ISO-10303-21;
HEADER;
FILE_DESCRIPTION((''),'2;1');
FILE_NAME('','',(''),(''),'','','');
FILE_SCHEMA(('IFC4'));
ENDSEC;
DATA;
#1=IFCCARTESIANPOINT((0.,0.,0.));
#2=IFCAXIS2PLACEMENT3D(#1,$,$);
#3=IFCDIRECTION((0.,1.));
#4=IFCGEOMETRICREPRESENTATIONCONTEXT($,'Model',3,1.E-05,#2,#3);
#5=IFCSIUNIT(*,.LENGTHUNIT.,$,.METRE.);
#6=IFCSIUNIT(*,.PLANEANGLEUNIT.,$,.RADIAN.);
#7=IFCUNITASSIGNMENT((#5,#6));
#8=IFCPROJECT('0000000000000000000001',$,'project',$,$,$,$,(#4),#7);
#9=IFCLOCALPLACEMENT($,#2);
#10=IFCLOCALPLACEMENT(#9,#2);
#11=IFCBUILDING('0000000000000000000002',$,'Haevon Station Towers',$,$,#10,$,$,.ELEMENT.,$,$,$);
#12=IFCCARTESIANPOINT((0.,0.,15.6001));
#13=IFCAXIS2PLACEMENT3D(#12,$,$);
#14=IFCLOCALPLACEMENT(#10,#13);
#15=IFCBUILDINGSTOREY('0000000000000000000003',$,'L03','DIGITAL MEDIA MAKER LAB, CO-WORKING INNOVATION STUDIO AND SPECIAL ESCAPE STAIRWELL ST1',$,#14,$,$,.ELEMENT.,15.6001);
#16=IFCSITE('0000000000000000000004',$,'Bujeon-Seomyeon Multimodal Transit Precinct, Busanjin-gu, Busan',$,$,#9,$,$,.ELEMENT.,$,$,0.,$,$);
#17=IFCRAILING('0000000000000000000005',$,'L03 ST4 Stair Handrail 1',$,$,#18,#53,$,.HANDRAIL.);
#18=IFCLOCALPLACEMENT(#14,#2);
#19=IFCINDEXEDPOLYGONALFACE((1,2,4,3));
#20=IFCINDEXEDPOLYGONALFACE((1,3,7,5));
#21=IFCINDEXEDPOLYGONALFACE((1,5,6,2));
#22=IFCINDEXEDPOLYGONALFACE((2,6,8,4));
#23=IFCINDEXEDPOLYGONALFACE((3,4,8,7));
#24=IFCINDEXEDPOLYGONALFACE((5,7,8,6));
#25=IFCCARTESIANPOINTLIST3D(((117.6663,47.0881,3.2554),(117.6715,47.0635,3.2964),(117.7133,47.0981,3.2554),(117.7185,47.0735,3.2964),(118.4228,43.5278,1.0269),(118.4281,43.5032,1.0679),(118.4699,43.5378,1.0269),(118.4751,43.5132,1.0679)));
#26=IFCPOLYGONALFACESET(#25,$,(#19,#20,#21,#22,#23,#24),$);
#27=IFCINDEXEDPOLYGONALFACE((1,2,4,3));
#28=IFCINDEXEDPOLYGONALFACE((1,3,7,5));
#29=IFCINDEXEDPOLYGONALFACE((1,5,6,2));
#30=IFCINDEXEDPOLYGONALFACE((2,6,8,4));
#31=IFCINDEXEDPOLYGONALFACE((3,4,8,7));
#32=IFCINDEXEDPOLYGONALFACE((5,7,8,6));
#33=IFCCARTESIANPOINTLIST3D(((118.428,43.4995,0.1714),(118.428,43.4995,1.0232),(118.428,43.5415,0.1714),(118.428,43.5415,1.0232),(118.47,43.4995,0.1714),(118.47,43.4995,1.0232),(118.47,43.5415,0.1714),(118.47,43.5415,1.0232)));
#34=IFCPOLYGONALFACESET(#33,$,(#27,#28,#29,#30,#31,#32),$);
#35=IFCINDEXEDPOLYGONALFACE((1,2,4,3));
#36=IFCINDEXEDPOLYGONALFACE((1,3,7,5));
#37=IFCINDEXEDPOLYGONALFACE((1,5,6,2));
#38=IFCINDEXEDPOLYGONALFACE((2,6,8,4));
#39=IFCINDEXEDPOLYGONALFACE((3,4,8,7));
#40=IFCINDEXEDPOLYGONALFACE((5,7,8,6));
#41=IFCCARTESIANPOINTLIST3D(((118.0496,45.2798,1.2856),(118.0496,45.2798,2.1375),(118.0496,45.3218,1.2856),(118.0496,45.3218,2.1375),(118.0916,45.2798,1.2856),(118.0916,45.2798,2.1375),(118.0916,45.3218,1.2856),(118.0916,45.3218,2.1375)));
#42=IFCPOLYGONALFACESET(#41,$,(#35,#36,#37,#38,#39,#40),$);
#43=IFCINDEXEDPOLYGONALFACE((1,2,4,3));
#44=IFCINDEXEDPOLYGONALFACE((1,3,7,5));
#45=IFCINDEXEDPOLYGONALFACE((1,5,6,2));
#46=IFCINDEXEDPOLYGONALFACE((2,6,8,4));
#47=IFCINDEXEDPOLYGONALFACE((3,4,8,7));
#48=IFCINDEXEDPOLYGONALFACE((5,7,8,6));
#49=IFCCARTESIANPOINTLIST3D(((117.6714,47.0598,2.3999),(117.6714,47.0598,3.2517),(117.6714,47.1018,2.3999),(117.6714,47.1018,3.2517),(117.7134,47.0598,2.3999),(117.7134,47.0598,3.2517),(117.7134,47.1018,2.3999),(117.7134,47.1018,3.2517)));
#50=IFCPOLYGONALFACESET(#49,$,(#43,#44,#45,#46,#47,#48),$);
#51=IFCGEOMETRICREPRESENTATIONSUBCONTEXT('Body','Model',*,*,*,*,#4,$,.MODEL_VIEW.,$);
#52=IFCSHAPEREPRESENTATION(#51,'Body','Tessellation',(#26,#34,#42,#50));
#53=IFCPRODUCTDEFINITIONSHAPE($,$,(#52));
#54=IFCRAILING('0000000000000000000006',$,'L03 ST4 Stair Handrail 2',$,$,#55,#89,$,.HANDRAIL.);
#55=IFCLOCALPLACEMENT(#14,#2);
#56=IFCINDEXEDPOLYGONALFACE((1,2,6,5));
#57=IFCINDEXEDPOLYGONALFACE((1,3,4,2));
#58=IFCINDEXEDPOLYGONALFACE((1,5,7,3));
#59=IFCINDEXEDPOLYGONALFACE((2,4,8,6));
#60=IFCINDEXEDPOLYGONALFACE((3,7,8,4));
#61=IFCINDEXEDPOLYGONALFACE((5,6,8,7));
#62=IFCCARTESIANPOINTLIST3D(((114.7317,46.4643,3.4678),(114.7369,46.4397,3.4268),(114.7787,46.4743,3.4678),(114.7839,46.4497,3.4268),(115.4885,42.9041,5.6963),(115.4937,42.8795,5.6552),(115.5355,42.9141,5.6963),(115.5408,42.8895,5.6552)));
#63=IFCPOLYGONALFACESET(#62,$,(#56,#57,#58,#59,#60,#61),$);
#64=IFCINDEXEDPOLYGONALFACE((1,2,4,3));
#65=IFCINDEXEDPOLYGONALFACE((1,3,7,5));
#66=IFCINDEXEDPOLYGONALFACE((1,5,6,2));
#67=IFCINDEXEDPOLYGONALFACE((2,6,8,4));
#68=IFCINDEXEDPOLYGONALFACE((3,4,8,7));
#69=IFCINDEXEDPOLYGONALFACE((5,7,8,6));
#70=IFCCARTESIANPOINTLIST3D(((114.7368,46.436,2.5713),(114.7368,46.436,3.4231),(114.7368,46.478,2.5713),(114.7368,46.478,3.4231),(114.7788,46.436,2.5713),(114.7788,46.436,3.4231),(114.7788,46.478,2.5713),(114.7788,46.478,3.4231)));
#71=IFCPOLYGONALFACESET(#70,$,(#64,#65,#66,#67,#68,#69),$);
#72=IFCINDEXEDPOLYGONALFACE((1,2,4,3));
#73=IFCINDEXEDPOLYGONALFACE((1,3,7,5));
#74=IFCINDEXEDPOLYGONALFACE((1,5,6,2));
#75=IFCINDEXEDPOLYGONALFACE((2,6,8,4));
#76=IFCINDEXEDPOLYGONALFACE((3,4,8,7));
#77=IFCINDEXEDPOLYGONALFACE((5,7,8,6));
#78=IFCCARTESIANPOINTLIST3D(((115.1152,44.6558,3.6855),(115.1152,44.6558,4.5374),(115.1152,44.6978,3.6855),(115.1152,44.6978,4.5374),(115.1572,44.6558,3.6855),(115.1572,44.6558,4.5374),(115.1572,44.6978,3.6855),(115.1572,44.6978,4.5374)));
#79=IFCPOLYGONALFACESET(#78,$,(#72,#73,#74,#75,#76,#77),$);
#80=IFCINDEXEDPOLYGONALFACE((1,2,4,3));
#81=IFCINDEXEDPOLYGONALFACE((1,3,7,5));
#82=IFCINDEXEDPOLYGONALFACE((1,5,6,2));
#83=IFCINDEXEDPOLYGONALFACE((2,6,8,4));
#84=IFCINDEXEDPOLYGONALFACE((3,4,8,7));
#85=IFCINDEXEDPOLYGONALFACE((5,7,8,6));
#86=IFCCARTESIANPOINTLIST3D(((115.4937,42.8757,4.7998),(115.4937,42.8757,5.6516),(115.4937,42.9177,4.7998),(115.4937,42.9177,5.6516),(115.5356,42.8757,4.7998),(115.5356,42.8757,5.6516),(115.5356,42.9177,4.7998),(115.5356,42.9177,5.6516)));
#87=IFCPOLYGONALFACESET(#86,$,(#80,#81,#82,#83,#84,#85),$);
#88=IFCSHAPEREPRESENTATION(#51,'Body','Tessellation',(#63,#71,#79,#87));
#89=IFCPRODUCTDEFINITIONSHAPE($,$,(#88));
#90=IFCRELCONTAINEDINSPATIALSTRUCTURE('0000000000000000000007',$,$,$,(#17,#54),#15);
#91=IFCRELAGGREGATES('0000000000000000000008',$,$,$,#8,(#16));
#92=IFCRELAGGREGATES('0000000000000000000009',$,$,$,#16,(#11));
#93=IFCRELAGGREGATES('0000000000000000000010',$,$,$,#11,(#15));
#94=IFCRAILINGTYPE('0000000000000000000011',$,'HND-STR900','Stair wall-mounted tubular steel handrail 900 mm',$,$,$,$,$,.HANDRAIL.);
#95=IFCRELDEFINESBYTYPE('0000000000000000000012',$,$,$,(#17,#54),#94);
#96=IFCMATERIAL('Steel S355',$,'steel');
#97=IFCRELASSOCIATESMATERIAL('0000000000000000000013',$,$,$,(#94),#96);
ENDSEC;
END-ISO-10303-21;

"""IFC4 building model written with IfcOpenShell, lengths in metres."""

from ifc_helpers import new_model, si_unit, direction, frame, origin, origin_2d, place, context, subcontext, project, spatial, rectangle, extrude, material, type_object, element, save


model = new_model("IFC4")

# Units and contexts
model_context = context("Model", 3, precision=1e-05, world=origin(), true_north=direction((0.0, 1.0)))
body_context = subcontext(model_context, "Body", "Model", "MODEL_VIEW")
ifc_project = project(units=[si_unit("LENGTHUNIT", "METRE"), si_unit("PLANEANGLEUNIT", "RADIAN")], contexts=[model_context])

# Site, building, storey
site_placement = place(None, origin())
site = spatial("IfcSite", under=ifc_project, at=site_placement, Name="Bujeon-Seomyeon Multimodal Transit Precinct, Busanjin-gu, Busan", CompositionType="ELEMENT", RefElevation=0.0)
building_placement = place(site_placement, origin())
building = spatial("IfcBuilding", under=site, at=building_placement, Name="Haevon Station Towers", CompositionType="ELEMENT")
storey_placement = place(building_placement, frame((0.0, 0.0, 15.6001)))
storey = spatial("IfcBuildingStorey", under=building, at=storey_placement, Name="L03", Description="DIGITAL MEDIA MAKER LAB, CO-WORKING INNOVATION STUDIO AND SPECIAL ESCAPE STAIRWELL ST1", CompositionType="ELEMENT", Elevation=15.6001)

# Shared definitions
ifc_material_1 = material(Name="Steel S355", Category="steel")

# Railings
railing_type_1 = type_object("IfcRailingType", Name="HND-STR900", Description="Stair wall-mounted tubular steel handrail 900 mm", PredefinedType="HANDRAIL", material=ifc_material_1)
railing_1_placement = place(storey_placement, frame((118.449, 43.5205, 0.1714)))
element("IfcRailing", 1, at=railing_1_placement, inside=storey, type_object=railing_type_1, Name="L03 ST4 Stair Handrail 1", PredefinedType="HANDRAIL", context=body_context, shape_type="SweptSolid", body=[
    extrude(rectangle(XDim=0.0481, YDim=0.0481, at=origin_2d()), frame((0.0, 0.0, 0.876), z_axis=(-0.177277, 0.834216, 0.522165), x_axis=(-0.978157, -0.207866, 0.0)), (0.0, 0.0, 1.0), 4.2678),
    extrude(rectangle(XDim=0.042, YDim=0.042, at=origin_2d()), origin(), (0.0, 0.0, 1.0), 0.8518),
    extrude(rectangle(XDim=0.042, YDim=0.042, at=origin_2d()), frame((-0.3784, 1.7803, 1.1143)), (0.0, 0.0, 1.0), 0.8518),
    extrude(rectangle(XDim=0.042, YDim=0.042, at=origin_2d()), frame((-0.7566, 3.5603, 2.2285)), (0.0, 0.0, 1.0), 0.8518),
])
railing_2_placement = place(storey_placement, frame((114.7578, 46.457, 2.5713)))
element("IfcRailing", 2, at=railing_2_placement, inside=storey, type_object=railing_type_1, Name="L03 ST4 Stair Handrail 2", PredefinedType="HANDRAIL", context=body_context, shape_type="SweptSolid", body=[
    extrude(rectangle(XDim=0.0481, YDim=0.0481, at=origin_2d()), frame((0.0, 0.0, 0.876), z_axis=(0.177333, -0.834208, 0.522159), x_axis=(0.978144, 0.20793, 0.0)), (0.0, 0.0, 1.0), 4.2678),
    extrude(rectangle(XDim=0.042, YDim=0.042, at=origin_2d()), origin(), (0.0, 0.0, 1.0), 0.8518),
    extrude(rectangle(XDim=0.042, YDim=0.042, at=origin_2d()), frame((0.3784, -1.7803, 1.1143)), (0.0, 0.0, 1.0), 0.8518),
    extrude(rectangle(XDim=0.042, YDim=0.042, at=origin_2d()), frame((0.7568, -3.5603, 2.2285)), (0.0, 0.0, 1.0), 0.8518),
])

save(model, "model.ifc")
